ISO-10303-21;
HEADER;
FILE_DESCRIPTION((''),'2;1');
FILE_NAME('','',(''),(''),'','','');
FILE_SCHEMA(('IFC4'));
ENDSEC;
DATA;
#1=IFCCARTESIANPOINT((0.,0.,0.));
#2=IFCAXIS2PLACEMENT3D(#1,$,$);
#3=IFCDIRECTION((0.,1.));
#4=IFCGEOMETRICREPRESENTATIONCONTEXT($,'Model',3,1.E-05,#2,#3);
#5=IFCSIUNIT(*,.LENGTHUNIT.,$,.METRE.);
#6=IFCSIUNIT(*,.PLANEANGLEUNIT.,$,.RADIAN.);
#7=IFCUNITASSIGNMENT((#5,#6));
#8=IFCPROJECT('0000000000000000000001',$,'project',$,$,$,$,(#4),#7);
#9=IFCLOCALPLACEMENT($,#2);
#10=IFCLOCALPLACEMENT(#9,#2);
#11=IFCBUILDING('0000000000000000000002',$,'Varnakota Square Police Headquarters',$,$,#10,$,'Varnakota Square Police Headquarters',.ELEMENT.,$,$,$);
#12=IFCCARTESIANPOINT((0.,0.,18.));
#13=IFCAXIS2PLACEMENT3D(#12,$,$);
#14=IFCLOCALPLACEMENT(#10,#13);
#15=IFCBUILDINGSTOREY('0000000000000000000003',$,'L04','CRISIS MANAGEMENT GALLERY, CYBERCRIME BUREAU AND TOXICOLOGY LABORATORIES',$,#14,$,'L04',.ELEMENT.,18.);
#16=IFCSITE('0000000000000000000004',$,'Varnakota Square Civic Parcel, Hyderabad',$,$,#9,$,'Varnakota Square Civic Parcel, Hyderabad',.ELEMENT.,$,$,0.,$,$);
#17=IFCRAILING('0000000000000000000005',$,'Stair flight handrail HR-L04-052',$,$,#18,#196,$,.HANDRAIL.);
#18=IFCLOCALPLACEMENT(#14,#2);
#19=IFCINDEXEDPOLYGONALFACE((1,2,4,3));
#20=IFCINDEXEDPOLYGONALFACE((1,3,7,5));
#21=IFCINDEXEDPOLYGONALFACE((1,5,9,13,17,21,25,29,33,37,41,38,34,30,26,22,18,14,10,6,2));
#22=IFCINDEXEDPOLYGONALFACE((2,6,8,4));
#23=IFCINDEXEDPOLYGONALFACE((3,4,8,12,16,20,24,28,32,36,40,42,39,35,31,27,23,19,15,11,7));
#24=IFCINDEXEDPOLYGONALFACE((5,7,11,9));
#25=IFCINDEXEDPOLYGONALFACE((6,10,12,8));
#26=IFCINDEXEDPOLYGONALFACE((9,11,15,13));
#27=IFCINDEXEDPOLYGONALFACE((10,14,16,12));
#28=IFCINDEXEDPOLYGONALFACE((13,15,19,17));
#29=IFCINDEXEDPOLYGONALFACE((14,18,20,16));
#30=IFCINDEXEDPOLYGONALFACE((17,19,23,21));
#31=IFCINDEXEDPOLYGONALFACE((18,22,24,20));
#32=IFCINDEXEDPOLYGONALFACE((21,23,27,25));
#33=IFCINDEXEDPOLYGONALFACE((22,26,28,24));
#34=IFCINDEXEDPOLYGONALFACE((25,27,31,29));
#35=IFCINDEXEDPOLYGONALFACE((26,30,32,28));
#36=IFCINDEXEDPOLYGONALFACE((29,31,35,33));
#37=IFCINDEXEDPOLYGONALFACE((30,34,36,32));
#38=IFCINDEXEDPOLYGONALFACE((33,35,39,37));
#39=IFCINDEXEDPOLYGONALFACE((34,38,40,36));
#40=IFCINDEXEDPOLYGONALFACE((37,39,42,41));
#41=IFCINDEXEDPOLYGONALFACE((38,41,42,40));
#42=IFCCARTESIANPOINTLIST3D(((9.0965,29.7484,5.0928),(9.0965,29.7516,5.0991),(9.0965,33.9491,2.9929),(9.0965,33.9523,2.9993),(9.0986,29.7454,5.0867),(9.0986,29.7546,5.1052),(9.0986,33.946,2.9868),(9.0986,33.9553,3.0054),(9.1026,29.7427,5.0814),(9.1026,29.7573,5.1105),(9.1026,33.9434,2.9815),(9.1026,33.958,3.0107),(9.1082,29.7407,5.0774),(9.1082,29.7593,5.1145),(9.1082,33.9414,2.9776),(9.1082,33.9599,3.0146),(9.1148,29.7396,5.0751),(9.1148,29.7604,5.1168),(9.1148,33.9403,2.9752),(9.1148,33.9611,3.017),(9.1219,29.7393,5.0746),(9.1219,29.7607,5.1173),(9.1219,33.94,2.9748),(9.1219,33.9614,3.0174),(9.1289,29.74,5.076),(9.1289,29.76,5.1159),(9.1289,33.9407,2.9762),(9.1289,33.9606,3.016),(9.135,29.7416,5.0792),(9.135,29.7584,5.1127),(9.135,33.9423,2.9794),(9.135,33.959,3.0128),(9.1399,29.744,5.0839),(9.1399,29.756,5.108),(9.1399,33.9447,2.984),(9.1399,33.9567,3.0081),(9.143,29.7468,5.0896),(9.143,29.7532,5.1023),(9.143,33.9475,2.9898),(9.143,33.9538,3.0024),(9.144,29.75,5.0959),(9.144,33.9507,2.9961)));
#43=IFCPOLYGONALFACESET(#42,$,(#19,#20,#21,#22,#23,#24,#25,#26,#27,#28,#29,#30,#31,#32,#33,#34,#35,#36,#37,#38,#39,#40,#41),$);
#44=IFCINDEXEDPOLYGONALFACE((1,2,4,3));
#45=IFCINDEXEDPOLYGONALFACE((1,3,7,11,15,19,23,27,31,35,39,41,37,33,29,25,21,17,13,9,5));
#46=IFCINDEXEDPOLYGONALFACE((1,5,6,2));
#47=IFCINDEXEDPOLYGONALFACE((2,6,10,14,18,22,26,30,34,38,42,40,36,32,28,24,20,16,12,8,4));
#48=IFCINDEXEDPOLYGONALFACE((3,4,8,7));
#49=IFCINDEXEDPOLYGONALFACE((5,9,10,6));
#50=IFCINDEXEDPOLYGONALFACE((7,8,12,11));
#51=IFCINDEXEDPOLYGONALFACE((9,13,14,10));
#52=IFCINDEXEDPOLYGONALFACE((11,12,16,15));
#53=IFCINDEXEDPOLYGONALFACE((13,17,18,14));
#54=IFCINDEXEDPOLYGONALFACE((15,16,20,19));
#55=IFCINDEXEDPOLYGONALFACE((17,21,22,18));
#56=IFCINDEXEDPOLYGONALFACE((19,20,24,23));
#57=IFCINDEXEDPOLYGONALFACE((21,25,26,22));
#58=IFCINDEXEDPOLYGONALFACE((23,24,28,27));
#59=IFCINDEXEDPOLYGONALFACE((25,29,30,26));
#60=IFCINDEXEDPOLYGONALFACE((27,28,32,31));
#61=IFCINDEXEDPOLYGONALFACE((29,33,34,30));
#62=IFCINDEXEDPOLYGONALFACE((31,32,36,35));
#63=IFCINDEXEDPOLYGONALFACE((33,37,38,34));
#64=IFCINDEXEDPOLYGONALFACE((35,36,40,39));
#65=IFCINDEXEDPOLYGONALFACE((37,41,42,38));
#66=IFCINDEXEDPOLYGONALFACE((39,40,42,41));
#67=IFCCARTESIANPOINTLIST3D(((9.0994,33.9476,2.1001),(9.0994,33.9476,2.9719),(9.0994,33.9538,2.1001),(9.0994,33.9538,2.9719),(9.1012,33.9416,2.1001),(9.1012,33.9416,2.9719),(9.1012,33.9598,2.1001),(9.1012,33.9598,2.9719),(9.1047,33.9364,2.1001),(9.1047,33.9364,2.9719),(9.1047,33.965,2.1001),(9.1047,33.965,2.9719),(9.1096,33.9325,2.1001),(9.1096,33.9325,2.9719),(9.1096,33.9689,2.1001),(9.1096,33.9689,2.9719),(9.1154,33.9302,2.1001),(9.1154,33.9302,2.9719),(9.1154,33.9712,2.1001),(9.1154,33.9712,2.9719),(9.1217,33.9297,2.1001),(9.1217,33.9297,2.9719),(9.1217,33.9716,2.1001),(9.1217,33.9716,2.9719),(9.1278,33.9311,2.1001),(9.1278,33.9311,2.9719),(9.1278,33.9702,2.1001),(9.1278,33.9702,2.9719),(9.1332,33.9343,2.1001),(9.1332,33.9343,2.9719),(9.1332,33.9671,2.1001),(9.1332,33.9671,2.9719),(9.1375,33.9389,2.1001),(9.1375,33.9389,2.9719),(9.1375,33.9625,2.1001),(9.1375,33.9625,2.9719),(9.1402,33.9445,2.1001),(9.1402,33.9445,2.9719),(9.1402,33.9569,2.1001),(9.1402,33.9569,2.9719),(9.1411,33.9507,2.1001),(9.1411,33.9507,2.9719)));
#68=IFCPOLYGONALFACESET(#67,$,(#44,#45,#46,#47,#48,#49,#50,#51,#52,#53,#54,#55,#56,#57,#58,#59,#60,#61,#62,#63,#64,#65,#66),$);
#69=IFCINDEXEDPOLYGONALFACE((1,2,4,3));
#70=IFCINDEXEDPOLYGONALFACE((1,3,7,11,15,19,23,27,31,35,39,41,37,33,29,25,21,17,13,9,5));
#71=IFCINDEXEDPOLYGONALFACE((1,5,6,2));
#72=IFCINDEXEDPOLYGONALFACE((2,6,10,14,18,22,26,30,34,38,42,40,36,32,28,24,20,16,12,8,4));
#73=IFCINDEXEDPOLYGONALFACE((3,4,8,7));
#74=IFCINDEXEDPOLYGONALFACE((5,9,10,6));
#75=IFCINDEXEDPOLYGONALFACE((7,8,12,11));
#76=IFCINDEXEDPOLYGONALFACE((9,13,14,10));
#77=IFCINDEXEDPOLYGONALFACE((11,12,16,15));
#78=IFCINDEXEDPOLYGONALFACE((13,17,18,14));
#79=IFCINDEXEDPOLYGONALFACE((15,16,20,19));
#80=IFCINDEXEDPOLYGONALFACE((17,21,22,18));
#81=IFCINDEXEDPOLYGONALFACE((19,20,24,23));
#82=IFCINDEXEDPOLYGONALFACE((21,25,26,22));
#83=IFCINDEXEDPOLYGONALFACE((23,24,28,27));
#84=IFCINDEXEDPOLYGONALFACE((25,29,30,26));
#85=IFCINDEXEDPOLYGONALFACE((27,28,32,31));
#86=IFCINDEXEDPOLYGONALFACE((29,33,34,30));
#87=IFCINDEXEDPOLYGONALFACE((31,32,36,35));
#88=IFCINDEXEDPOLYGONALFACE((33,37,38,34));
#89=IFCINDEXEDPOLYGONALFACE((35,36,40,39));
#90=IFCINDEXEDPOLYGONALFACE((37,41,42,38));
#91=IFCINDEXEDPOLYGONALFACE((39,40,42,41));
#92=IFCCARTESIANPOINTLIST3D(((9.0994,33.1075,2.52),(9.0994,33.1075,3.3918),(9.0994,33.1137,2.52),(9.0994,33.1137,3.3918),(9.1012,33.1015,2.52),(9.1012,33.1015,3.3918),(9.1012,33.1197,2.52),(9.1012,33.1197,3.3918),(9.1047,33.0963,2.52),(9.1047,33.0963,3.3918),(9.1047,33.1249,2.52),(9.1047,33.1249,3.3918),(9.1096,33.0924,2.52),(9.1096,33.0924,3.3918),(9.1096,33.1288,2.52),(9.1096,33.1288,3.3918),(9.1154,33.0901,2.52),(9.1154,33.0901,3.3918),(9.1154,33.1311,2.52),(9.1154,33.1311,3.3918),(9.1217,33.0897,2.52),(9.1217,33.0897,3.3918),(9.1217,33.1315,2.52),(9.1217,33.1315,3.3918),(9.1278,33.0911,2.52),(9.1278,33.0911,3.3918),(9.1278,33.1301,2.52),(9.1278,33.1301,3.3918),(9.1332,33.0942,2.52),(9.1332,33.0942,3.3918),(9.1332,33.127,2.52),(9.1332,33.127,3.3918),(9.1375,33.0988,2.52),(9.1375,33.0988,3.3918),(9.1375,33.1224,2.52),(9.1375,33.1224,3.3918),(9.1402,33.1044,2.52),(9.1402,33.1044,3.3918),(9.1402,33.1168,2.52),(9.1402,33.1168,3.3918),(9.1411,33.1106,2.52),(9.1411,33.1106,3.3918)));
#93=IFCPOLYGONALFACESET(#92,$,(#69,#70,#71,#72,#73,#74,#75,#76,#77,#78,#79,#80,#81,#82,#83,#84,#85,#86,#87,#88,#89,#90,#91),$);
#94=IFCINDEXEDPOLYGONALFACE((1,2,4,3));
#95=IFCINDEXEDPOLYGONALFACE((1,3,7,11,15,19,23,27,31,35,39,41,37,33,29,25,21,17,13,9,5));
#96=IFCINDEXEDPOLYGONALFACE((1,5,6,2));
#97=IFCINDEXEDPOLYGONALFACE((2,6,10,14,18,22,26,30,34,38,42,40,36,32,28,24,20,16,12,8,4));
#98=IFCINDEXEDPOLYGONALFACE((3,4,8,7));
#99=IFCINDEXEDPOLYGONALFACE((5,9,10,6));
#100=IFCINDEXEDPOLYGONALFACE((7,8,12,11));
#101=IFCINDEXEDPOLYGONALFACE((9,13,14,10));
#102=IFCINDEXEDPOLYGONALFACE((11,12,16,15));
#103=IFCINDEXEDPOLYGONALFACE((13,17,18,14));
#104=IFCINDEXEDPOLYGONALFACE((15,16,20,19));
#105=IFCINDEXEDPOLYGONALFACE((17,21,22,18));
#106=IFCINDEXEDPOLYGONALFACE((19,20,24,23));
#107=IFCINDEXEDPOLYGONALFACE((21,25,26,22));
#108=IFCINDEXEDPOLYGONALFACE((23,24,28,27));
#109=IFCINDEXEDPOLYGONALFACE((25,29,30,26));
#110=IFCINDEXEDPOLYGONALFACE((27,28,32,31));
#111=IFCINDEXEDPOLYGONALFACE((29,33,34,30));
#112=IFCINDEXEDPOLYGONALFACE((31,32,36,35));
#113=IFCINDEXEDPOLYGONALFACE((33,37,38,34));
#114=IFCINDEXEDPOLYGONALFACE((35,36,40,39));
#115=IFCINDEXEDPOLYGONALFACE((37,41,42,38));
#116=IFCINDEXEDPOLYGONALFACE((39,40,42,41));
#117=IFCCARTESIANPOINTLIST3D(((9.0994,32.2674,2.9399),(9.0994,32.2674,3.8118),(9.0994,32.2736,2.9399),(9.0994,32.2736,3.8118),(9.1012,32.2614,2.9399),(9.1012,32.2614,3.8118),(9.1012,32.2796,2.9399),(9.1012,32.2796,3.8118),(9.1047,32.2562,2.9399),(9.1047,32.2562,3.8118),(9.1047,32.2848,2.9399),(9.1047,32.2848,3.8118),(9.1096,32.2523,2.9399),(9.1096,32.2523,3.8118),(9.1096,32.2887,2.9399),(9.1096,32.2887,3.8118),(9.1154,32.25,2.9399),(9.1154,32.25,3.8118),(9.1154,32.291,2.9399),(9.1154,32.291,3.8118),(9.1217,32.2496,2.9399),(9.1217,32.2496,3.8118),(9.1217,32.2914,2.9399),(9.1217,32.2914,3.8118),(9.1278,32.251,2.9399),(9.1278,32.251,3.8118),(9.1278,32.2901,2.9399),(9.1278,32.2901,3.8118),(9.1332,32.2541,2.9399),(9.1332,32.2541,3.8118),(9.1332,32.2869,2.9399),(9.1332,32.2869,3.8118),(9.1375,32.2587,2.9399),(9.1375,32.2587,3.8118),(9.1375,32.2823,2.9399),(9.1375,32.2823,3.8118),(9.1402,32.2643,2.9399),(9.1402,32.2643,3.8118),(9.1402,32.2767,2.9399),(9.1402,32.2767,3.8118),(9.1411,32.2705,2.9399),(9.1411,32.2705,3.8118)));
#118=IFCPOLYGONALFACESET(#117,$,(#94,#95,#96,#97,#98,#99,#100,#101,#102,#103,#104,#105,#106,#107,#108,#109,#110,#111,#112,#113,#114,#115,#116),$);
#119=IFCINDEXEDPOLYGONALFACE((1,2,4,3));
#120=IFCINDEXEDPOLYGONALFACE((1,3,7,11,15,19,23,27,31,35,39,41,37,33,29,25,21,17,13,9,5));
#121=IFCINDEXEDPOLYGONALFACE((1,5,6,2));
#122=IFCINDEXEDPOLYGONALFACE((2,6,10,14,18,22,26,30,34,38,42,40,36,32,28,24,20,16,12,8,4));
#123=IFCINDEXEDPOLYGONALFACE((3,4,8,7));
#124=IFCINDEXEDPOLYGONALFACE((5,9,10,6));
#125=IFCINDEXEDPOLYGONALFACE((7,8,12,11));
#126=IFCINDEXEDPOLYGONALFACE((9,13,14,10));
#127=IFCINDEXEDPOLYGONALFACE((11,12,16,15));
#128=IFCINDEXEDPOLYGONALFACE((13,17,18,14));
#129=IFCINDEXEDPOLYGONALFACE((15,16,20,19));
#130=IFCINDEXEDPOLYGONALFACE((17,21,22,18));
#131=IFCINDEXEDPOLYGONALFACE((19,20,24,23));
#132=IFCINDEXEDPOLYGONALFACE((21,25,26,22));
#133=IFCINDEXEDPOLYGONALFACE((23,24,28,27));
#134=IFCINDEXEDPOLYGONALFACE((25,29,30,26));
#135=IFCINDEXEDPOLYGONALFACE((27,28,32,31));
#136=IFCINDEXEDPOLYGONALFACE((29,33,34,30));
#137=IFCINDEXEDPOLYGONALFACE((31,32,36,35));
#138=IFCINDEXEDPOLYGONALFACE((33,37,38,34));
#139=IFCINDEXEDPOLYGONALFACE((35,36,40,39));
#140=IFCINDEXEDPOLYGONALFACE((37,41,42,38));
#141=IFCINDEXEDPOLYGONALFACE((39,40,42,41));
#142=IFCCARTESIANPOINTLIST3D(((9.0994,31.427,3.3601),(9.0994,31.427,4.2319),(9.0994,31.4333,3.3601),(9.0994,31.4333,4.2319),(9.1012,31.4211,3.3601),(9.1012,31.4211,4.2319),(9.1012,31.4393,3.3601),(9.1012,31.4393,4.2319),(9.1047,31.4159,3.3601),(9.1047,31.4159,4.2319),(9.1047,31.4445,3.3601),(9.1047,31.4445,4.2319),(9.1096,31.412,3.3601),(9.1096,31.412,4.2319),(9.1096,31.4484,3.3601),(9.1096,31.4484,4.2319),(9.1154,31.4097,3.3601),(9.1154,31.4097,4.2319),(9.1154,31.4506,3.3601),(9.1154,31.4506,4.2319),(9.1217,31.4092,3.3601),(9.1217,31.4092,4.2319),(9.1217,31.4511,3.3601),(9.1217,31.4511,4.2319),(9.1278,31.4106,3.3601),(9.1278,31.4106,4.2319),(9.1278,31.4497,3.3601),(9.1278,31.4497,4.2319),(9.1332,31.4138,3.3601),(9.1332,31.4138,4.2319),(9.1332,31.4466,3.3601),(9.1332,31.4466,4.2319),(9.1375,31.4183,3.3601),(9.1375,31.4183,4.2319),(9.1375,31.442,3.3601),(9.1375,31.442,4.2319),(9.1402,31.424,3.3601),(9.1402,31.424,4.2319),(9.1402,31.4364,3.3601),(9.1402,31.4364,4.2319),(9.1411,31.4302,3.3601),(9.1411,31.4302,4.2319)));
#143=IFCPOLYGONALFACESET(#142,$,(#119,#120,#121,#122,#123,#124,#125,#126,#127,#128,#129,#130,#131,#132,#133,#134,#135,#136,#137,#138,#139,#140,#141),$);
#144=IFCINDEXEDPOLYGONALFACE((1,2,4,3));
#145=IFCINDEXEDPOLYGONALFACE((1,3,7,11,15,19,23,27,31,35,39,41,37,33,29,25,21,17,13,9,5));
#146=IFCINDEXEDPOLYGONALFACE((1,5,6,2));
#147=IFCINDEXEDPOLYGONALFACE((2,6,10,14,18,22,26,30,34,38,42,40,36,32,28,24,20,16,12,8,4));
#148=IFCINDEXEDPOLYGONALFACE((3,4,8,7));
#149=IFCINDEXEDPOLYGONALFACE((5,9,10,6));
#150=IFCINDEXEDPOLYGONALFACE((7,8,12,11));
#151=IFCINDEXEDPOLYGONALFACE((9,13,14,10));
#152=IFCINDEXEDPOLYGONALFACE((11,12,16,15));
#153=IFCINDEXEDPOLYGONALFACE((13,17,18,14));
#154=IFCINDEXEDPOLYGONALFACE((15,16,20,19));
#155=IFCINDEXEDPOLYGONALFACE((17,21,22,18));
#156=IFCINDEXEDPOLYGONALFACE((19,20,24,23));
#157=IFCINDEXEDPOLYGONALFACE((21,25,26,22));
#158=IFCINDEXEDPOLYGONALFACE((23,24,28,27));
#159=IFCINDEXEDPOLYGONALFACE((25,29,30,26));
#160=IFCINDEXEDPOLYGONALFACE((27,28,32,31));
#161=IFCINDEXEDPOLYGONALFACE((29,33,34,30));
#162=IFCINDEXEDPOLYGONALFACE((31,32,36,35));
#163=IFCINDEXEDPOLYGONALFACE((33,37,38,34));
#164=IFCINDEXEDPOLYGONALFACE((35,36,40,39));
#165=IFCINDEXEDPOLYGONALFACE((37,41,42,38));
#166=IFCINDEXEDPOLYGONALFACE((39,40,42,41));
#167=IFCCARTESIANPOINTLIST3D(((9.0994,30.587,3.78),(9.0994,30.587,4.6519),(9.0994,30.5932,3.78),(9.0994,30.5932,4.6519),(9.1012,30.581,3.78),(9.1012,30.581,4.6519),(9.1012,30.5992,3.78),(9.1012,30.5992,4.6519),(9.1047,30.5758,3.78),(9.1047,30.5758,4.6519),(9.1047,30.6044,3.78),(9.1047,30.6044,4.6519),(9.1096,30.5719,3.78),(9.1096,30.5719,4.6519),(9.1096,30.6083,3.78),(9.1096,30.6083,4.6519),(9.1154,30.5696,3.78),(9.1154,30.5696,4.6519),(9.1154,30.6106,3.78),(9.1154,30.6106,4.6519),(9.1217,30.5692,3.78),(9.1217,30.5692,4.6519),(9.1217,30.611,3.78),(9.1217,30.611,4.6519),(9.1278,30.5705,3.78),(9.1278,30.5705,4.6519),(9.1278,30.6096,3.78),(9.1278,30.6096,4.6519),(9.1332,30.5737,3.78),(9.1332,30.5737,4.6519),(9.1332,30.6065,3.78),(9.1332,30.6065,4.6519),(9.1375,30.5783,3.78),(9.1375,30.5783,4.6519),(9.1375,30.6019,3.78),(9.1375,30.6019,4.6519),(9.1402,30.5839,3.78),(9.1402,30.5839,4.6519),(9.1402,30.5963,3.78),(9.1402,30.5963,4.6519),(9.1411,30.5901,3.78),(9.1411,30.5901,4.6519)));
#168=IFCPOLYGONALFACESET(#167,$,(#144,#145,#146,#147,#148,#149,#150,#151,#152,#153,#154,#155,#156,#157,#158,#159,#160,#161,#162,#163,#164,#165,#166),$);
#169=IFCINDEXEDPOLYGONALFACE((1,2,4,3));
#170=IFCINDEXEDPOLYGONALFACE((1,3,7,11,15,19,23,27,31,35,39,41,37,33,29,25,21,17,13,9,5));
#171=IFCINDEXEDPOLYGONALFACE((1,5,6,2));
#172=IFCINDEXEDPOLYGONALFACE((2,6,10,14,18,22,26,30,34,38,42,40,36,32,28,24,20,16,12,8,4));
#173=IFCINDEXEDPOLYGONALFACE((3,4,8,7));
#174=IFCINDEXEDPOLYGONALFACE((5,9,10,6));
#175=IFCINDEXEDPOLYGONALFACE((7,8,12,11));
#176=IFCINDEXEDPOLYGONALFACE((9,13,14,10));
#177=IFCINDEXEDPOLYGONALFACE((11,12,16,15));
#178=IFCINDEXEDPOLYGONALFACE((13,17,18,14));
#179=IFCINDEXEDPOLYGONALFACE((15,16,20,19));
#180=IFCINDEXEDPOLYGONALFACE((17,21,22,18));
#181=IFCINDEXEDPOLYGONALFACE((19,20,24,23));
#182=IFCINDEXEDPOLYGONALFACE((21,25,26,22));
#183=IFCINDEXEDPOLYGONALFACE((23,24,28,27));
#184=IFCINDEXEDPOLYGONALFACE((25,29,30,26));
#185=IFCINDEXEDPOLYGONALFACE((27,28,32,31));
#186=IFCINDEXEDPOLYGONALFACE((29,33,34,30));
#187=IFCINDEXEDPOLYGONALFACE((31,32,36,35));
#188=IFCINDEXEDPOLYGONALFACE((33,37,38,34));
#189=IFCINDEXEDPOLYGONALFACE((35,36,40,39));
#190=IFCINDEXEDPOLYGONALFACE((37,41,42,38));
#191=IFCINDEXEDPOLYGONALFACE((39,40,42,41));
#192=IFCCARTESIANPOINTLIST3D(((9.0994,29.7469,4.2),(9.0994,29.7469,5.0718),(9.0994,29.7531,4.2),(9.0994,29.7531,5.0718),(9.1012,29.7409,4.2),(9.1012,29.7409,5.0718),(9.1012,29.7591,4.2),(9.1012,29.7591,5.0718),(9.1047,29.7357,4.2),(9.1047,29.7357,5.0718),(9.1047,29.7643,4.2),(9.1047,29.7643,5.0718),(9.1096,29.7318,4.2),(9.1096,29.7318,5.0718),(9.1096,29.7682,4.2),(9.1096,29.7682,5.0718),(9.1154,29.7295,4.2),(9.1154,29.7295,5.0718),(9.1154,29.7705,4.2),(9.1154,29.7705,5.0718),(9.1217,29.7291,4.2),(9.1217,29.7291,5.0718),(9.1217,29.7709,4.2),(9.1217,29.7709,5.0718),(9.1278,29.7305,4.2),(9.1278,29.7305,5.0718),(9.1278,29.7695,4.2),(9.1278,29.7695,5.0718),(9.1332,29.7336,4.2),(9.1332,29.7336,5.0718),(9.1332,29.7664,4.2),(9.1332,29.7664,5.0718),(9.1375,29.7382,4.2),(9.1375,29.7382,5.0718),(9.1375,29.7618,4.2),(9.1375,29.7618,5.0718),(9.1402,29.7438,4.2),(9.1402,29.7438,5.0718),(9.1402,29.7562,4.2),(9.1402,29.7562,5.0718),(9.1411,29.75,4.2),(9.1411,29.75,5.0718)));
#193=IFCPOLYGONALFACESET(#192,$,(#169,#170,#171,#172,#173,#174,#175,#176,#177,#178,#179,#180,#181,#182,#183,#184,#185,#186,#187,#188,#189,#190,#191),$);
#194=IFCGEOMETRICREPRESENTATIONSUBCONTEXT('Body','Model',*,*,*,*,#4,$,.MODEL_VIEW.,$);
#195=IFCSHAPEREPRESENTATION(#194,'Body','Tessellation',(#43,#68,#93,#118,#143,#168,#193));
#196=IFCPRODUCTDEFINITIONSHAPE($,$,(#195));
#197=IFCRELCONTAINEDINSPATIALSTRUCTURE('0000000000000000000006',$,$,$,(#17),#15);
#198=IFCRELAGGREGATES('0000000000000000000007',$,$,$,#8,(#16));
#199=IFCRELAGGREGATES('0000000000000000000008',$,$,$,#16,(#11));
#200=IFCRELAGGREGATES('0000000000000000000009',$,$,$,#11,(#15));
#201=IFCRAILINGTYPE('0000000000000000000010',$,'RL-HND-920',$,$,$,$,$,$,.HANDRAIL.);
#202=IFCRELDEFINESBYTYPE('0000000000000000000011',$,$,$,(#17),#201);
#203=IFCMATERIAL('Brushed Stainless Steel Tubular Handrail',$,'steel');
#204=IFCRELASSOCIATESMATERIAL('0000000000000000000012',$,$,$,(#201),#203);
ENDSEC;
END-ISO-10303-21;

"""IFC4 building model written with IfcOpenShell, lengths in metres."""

from ifc_helpers import new_model, si_unit, direction, frame, origin, origin_2d, place, context, subcontext, project, spatial, circle, extrude, material, type_object, element, save


model = new_model("IFC4")

# Units and contexts
model_context = context("Model", 3, precision=1e-05, world=origin(), true_north=direction((0.0, 1.0)))
body_context = subcontext(model_context, "Body", "Model", "MODEL_VIEW")
ifc_project = project(units=[si_unit("LENGTHUNIT", "METRE"), si_unit("PLANEANGLEUNIT", "RADIAN")], contexts=[model_context])

# Site, building, storey
site_placement = place(None, origin())
site = spatial("IfcSite", under=ifc_project, at=site_placement, Name="Varnakota Square Civic Parcel, Hyderabad", LongName="Varnakota Square Civic Parcel, Hyderabad", CompositionType="ELEMENT", RefElevation=0.0)
building_placement = place(site_placement, origin())
building = spatial("IfcBuilding", under=site, at=building_placement, Name="Varnakota Square Police Headquarters", LongName="Varnakota Square Police Headquarters", CompositionType="ELEMENT")
storey_placement = place(building_placement, frame((0.0, 0.0, 18.0)))
storey = spatial("IfcBuildingStorey", under=building, at=storey_placement, Name="L04", Description="CRISIS MANAGEMENT GALLERY, CYBERCRIME BUREAU AND TOXICOLOGY LABORATORIES", LongName="L04", CompositionType="ELEMENT", Elevation=18.0)

# Railing
ifc_material_1 = material(Name="Brushed Stainless Steel Tubular Handrail", Category="steel")
railing_type_1 = type_object("IfcRailingType", Name="RL-HND-920", PredefinedType="HANDRAIL", material=ifc_material_1)
railing_1_placement = place(storey_placement, frame((9.1201, 33.9507, 2.1001)))
element("IfcRailing", 1, at=railing_1_placement, inside=storey, type_object=railing_type_1, Name="Stair flight handrail HR-L04-052", PredefinedType="HANDRAIL", context=body_context, shape_type="SweptSolid", body=[
    extrude(circle(Radius=0.0239, at=origin_2d()), frame((0.0, 0.0, 0.896), z_axis=(0.0, -0.894469, 0.44713), x_axis=(1.0, 0.0, 0.0)), (0.0, 0.0, 1.0), 4.6963),
    extrude(circle(Radius=0.021, at=origin_2d()), origin(), (0.0, 0.0, 1.0), 0.8718),
    extrude(circle(Radius=0.021, at=origin_2d()), frame((0.0, -0.8401, 0.4199)), (0.0, 0.0, 1.0), 0.8718),
    extrude(circle(Radius=0.021, at=origin_2d()), frame((0.0, -1.6802, 0.8398)), (0.0, 0.0, 1.0), 0.8718),
    extrude(circle(Radius=0.021, at=origin_2d()), frame((0.0, -2.5205, 1.26)), (0.0, 0.0, 1.0), 0.8718),
    extrude(circle(Radius=0.021, at=origin_2d()), frame((0.0, -3.3606, 1.6799)), (0.0, 0.0, 1.0), 0.8718),
    extrude(circle(Radius=0.021, at=origin_2d()), frame((0.0, -4.2007, 2.0999)), (0.0, 0.0, 1.0), 0.8718),
])

save(model, "model.ifc")
